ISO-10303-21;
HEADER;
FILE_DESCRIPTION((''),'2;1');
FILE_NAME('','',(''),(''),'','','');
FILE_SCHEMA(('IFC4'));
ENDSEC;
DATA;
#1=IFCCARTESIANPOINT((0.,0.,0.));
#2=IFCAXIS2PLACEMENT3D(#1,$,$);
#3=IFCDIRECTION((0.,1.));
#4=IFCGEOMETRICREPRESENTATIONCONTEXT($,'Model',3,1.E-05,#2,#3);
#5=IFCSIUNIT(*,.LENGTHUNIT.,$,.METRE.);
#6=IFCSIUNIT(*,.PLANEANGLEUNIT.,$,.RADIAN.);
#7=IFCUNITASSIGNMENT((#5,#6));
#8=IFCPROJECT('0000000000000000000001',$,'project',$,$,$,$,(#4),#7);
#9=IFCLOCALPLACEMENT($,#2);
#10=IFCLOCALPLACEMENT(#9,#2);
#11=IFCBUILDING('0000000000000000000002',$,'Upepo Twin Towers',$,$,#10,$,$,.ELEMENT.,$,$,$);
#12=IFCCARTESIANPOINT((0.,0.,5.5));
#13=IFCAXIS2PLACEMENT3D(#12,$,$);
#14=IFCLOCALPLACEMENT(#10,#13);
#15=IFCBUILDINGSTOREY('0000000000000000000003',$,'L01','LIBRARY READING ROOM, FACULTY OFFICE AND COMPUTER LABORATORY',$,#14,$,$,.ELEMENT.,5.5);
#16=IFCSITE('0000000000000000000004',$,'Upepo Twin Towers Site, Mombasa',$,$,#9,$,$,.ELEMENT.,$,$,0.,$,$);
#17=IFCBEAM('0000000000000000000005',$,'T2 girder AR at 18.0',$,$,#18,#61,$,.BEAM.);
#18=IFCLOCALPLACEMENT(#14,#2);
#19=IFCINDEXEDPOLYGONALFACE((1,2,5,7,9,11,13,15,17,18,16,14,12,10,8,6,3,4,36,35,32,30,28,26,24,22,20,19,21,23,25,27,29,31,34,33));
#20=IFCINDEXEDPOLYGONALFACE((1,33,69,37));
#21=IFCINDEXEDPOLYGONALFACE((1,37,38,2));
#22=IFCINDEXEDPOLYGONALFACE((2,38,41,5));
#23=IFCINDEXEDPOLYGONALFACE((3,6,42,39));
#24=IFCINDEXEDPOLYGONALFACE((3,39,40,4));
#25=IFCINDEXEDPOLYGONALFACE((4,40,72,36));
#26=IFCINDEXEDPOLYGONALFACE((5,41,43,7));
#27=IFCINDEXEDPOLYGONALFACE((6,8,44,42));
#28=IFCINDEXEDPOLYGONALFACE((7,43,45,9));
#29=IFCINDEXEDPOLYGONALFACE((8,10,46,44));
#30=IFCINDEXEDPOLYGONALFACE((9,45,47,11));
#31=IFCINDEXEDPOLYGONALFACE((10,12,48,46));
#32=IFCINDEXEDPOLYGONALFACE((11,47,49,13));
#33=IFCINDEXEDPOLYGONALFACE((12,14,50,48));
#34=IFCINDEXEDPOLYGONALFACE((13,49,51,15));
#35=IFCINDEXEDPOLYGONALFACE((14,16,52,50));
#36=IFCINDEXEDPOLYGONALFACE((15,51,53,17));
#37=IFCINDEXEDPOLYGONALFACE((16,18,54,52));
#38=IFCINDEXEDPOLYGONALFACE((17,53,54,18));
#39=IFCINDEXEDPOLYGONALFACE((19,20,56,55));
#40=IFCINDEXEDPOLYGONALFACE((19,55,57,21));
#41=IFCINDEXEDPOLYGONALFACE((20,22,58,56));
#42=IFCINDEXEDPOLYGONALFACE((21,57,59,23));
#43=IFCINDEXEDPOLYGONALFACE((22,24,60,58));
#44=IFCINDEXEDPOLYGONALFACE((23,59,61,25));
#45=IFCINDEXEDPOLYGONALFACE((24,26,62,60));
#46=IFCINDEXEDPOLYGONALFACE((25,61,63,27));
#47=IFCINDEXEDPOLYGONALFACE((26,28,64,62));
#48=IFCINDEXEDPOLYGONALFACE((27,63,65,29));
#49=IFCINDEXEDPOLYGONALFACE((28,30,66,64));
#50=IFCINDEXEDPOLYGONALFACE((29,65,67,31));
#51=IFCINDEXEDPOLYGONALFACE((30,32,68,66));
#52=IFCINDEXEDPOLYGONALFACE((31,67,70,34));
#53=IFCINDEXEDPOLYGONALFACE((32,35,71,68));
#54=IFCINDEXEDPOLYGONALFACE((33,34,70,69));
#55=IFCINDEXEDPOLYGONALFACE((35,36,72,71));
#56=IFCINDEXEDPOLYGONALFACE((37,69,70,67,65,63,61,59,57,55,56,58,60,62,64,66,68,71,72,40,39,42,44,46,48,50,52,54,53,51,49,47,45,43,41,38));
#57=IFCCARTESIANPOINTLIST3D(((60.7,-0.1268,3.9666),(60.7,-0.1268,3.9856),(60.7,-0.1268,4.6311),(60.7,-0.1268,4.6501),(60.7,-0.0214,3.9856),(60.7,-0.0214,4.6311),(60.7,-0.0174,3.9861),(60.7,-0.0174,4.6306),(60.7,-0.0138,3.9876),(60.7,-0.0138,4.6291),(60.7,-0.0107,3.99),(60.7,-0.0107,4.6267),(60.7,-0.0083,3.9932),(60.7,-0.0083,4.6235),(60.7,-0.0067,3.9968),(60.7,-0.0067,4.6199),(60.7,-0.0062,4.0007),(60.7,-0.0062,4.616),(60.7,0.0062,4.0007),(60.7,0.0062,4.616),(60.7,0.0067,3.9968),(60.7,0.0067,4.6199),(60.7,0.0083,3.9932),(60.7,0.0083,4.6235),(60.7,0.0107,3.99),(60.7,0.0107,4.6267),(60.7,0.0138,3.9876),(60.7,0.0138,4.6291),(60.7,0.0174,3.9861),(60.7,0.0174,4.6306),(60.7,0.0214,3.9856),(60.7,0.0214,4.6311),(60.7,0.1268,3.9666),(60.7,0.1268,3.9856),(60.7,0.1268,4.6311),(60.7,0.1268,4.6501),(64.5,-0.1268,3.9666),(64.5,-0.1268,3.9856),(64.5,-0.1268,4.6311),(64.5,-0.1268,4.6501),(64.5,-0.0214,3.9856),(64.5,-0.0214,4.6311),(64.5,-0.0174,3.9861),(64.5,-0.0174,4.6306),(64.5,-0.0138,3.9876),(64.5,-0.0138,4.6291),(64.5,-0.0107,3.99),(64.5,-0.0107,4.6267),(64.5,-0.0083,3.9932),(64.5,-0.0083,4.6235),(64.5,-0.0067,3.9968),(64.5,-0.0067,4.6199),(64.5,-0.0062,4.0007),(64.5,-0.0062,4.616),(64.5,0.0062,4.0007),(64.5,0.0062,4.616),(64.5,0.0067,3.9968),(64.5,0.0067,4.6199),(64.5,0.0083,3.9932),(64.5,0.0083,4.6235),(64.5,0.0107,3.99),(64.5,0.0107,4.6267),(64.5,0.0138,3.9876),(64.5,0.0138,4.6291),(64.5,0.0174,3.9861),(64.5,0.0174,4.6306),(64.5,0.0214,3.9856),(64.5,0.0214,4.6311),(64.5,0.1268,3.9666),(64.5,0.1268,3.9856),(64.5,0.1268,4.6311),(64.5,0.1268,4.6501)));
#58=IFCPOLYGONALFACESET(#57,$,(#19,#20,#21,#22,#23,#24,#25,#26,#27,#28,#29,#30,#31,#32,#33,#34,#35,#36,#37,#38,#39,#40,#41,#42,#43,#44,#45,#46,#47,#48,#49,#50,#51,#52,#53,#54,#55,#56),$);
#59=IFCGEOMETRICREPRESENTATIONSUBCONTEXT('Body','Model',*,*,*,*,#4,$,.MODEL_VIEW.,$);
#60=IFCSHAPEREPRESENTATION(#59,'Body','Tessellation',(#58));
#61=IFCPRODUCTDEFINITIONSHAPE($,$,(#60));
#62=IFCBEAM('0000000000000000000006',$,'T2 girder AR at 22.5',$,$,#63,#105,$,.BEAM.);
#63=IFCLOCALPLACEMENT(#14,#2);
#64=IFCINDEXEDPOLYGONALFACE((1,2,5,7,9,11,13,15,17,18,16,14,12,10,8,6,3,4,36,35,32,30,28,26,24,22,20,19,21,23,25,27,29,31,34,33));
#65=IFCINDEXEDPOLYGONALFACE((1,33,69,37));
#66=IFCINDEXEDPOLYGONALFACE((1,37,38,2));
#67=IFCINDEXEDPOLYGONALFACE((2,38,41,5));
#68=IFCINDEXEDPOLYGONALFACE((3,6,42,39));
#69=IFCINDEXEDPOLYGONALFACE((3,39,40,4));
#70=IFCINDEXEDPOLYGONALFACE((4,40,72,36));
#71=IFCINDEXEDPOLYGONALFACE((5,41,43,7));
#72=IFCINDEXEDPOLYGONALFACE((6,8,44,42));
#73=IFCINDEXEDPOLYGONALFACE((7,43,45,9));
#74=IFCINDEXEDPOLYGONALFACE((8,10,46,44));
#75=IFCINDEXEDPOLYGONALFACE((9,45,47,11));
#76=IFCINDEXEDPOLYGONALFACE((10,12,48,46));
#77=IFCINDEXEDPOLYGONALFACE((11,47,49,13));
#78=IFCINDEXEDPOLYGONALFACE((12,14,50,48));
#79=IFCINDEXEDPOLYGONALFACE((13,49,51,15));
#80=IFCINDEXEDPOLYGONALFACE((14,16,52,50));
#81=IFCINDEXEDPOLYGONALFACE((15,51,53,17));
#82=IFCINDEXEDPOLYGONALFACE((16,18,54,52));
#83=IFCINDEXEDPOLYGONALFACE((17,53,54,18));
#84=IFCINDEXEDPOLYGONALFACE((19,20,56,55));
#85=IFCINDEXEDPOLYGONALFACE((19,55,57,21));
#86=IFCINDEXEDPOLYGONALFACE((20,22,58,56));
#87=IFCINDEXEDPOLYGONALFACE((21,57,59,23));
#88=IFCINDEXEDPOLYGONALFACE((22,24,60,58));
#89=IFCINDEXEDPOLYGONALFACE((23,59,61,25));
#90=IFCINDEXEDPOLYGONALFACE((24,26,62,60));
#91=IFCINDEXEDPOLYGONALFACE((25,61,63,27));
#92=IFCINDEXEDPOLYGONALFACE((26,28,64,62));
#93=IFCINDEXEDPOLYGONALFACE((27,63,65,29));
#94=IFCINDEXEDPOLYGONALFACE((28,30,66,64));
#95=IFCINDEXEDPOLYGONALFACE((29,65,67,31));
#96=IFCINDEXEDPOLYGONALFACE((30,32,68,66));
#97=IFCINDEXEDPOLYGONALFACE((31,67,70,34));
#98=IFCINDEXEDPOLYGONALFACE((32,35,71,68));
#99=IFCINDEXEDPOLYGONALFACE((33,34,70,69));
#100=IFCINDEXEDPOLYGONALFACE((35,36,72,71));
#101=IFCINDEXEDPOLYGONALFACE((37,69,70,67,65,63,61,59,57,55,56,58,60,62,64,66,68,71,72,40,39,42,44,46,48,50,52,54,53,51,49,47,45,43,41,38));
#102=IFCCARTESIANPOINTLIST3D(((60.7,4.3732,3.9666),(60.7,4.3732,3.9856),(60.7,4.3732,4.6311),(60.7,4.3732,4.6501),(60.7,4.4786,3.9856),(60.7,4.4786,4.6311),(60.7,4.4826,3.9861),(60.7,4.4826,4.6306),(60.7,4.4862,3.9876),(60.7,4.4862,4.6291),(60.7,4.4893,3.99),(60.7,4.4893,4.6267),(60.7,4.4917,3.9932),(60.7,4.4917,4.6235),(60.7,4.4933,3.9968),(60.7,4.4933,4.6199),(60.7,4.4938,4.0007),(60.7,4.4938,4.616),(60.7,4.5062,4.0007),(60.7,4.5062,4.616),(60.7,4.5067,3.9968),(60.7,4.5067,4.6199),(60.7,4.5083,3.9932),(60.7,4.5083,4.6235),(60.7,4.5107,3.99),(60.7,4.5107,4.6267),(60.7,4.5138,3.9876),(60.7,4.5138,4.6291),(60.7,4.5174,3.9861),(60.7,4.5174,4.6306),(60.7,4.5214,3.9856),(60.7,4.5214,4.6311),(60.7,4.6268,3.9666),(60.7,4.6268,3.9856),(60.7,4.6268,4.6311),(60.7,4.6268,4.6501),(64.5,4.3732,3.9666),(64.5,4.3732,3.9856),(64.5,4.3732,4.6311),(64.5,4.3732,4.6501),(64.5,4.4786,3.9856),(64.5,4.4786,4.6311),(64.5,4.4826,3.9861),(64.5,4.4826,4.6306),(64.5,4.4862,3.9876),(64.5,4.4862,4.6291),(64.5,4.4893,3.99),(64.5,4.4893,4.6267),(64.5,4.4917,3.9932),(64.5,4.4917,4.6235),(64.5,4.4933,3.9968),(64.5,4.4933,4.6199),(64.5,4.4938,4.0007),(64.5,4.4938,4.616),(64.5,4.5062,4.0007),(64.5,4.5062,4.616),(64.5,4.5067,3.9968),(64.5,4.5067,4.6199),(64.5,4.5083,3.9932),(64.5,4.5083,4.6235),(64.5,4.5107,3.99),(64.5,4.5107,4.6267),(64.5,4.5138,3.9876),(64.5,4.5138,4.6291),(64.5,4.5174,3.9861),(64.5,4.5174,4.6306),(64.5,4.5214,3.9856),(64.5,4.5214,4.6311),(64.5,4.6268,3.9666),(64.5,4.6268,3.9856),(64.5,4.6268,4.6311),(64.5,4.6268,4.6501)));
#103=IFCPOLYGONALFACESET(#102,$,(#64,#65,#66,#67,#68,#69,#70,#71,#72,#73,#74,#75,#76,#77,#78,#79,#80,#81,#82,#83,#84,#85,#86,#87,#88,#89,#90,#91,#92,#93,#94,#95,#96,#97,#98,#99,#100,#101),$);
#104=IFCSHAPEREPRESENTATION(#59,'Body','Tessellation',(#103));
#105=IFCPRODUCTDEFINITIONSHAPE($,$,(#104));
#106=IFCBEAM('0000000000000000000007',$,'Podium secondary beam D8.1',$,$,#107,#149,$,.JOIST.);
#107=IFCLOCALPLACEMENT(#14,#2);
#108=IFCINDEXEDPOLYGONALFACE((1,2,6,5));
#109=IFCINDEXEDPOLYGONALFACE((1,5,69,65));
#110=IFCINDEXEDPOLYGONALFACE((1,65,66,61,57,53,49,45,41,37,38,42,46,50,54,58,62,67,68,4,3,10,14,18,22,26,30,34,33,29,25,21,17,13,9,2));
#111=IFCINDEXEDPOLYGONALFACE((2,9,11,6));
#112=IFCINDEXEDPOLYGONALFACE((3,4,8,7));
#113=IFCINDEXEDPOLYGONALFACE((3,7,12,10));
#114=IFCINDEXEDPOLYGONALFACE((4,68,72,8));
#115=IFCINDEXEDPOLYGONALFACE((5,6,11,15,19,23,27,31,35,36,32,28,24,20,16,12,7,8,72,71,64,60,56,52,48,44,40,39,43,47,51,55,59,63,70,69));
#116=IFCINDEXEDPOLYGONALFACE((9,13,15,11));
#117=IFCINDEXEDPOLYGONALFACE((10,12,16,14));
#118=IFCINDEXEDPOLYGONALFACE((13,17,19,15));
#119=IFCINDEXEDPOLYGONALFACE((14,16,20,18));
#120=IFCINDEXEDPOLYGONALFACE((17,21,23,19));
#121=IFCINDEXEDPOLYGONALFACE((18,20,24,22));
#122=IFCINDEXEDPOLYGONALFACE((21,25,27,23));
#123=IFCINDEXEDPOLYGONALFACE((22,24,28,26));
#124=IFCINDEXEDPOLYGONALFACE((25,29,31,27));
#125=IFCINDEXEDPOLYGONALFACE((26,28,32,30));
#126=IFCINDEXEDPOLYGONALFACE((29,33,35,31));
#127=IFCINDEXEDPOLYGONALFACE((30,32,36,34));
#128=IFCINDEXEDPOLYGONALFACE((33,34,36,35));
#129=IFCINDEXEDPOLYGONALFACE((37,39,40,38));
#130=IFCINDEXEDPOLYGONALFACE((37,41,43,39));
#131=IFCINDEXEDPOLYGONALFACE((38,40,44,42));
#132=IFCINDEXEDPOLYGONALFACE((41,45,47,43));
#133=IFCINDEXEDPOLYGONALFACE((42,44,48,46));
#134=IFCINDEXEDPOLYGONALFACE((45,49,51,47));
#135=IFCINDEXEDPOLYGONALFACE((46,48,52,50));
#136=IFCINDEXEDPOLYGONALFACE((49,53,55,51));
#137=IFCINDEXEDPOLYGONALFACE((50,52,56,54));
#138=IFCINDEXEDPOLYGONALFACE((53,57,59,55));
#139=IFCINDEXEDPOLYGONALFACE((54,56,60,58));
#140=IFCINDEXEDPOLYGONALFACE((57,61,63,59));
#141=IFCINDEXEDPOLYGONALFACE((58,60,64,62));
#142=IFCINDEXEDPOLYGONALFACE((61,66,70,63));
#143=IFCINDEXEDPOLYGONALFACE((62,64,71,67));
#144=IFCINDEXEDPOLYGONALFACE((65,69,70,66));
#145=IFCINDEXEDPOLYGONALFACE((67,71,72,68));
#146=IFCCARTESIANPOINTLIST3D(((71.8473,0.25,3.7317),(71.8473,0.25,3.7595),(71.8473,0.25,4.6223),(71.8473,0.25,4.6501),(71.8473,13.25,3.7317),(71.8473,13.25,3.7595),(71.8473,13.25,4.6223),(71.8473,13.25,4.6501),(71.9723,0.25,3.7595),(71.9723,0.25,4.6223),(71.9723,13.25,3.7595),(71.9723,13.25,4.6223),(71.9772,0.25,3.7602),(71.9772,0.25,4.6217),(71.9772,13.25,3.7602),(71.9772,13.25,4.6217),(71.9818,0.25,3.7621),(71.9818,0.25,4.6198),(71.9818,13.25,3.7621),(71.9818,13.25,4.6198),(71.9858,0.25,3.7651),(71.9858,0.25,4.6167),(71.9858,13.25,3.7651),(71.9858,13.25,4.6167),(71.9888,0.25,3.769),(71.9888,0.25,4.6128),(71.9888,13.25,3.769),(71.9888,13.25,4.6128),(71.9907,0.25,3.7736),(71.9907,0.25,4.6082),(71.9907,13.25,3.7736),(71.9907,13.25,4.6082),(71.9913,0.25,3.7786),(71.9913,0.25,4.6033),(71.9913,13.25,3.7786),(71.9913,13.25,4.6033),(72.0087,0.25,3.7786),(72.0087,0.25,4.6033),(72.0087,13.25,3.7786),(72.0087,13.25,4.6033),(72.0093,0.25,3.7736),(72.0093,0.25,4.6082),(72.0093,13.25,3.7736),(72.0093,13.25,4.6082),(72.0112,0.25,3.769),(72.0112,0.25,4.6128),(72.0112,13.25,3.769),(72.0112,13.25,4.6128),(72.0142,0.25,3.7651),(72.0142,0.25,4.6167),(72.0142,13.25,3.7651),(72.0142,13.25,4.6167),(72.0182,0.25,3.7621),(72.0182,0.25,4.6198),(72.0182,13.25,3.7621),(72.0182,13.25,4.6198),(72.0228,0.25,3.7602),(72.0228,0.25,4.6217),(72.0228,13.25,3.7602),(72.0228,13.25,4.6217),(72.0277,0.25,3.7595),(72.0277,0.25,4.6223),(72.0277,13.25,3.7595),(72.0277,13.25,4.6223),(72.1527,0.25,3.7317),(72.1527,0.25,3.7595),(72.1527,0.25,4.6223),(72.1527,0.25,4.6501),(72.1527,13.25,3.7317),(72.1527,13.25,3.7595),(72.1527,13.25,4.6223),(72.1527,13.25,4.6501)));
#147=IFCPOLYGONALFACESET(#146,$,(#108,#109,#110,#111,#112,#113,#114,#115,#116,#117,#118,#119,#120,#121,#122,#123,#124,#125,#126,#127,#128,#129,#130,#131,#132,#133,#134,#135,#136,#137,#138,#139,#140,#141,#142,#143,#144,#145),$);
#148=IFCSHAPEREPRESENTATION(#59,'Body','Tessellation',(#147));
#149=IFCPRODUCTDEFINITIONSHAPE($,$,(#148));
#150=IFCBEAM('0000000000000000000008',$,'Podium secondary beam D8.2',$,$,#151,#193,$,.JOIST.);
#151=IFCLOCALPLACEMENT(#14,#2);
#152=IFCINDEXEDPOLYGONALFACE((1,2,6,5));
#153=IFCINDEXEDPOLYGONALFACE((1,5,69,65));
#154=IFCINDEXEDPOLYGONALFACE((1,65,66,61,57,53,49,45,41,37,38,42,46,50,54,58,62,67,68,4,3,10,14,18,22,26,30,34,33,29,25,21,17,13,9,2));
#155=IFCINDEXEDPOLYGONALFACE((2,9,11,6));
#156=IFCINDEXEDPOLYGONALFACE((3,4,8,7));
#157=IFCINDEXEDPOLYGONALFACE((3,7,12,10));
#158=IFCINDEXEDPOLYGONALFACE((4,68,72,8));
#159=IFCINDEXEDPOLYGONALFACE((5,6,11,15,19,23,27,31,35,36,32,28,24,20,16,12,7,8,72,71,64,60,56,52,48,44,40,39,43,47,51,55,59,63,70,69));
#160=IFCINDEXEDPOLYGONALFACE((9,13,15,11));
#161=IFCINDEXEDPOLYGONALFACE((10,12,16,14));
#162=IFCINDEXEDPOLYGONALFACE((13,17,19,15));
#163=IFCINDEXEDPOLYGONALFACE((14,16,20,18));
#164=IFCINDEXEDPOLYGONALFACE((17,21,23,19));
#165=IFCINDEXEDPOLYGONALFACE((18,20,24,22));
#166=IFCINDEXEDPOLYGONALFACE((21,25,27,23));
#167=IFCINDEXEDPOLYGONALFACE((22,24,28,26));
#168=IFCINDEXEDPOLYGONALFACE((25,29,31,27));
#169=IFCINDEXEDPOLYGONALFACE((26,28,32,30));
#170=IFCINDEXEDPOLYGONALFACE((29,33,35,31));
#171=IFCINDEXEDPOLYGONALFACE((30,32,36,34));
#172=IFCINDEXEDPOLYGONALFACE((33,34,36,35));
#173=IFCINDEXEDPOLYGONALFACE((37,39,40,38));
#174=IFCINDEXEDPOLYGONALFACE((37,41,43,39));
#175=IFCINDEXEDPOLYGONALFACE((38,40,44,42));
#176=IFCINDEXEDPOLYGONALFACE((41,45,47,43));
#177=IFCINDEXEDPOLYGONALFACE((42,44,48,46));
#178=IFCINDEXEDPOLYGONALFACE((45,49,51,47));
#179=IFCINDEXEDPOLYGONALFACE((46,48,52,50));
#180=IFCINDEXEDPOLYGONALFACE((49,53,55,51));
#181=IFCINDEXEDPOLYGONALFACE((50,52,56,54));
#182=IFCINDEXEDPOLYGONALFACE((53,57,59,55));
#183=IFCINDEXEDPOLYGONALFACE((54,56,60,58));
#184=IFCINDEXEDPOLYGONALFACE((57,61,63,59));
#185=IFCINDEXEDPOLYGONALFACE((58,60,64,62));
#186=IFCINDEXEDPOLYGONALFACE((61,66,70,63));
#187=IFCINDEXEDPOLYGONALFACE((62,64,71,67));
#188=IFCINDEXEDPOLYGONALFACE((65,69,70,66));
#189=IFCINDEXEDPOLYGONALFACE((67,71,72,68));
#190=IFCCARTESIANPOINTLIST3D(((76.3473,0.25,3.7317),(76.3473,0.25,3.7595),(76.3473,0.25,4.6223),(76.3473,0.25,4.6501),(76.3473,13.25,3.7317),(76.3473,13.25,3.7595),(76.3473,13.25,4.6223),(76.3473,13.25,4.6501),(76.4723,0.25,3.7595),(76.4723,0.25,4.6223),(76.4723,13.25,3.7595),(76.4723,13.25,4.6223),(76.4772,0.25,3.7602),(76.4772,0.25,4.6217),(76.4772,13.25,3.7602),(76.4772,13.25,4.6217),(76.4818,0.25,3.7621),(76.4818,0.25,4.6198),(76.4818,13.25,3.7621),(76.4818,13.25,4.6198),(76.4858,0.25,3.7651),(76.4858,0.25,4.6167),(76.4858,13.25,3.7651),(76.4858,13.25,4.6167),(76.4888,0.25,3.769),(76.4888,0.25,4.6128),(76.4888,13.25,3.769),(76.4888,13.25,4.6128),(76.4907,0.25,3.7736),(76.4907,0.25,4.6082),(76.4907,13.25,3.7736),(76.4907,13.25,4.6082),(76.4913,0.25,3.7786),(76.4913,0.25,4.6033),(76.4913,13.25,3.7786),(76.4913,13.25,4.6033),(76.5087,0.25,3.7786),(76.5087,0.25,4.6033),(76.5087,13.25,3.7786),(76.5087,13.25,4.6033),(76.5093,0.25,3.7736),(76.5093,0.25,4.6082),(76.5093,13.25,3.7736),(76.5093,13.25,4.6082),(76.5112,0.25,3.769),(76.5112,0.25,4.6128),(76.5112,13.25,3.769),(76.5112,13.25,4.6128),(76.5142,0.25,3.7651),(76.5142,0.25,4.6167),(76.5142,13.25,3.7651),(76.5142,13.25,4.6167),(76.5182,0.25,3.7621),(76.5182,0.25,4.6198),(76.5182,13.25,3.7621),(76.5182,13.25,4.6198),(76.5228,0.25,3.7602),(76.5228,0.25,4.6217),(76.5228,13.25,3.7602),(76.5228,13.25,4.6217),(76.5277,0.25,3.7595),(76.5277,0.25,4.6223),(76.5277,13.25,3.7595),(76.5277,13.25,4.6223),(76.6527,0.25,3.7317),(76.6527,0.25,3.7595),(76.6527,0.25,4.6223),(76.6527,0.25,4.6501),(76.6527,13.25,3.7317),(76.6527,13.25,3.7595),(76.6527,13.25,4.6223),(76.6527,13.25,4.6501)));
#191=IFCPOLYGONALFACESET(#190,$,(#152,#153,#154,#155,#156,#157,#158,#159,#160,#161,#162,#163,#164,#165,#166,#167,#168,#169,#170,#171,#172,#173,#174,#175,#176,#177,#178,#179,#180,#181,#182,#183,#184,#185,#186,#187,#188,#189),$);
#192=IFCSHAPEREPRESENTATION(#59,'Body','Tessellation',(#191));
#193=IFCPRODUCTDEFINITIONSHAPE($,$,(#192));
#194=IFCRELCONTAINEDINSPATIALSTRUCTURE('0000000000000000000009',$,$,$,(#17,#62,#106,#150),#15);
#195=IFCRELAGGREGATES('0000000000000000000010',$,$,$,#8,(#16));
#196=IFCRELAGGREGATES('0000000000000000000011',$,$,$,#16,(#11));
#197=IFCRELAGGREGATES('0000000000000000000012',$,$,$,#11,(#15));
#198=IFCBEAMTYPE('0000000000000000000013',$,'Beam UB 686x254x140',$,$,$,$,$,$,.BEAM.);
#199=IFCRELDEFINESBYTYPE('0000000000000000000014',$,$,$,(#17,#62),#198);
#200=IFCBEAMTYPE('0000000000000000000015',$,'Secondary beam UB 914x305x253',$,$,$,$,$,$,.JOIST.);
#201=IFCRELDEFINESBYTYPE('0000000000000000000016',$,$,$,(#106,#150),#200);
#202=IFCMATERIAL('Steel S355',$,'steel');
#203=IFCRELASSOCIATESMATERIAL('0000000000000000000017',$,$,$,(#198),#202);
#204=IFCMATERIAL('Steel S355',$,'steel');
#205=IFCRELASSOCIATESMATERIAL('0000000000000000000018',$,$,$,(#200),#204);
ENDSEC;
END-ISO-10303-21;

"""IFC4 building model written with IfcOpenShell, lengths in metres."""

from ifc_helpers import new_model, si_unit, direction, frame, origin, origin_2d, place, context, subcontext, project, spatial, i_section, extrude, material, material_profile, profile_set, type_object, element, save


model = new_model("IFC4")

# Units and contexts
model_context = context("Model", 3, precision=1e-05, world=origin(), true_north=direction((0.0, 1.0)))
body_context = subcontext(model_context, "Body", "Model", "MODEL_VIEW")
ifc_project = project(units=[si_unit("LENGTHUNIT", "METRE"), si_unit("PLANEANGLEUNIT", "RADIAN")], contexts=[model_context])

# Site, building, storey
site_placement = place(None, origin())
site = spatial("IfcSite", under=ifc_project, at=site_placement, Name="Upepo Twin Towers Site, Mombasa", CompositionType="ELEMENT", RefElevation=0.0)
building_placement = place(site_placement, origin())
building = spatial("IfcBuilding", under=site, at=building_placement, Name="Upepo Twin Towers", CompositionType="ELEMENT")
storey_placement = place(building_placement, frame((0.0, 0.0, 5.5)))
storey = spatial("IfcBuildingStorey", under=building, at=storey_placement, Name="L01", Description="LIBRARY READING ROOM, FACULTY OFFICE AND COMPUTER LABORATORY", CompositionType="ELEMENT", Elevation=5.5)

# Beams
ifc_material_1 = material(Name="Steel S355", Category="steel")
ifc_material_profile_1 = material_profile(ifc_material_1, i_section(OverallWidth=0.2537, OverallDepth=0.6836, WebThickness=0.0125, FlangeThickness=0.019, FilletRadius=0.0151, at=origin_2d()), Name="UB 686x254x140")
ifc_profile_set_1 = profile_set([ifc_material_profile_1], Name="Steel S355")
beam_type_1 = type_object("IfcBeamType", Name="Beam UB 686x254x140", PredefinedType="BEAM", material=ifc_profile_set_1)
for number, where, z_axis, x_axis, name in (
    (1, (64.5, 0.0, 4.3083), (-1.0, 0.0, 0.0), (0.0, -1.0, 0.0), "T2 girder AR at 18.0"),
    (2, (64.5, 4.5, 4.3083), (-1.0, 0.0, 0.0), (0.0, -1.0, 0.0), "T2 girder AR at 22.5"),
):
    element("IfcBeam", number, at=place(storey_placement, frame(where, z_axis=z_axis, x_axis=x_axis)), inside=storey, type_object=beam_type_1, Name=name, PredefinedType="BEAM", context=body_context, shape_type="SweptSolid", body=[
        extrude(i_section(OverallWidth=0.2537, OverallDepth=0.6836, WebThickness=0.0125, FlangeThickness=0.019, FilletRadius=0.0151, at=origin_2d()), origin(), (0.0, 0.0, 1.0), 3.8),
    ])
ifc_material_2 = material(Name="Steel S355", Category="steel")
ifc_material_profile_2 = material_profile(ifc_material_2, i_section(OverallWidth=0.3054, OverallDepth=0.9185, WebThickness=0.0173, FlangeThickness=0.0278, FilletRadius=0.019, at=origin_2d()), Name="UB 914x305x253")
ifc_profile_set_2 = profile_set([ifc_material_profile_2], Name="Steel S355")
beam_type_2 = type_object("IfcBeamType", Name="Secondary beam UB 914x305x253", PredefinedType="JOIST", material=ifc_profile_set_2)
for number, where, z_axis, x_axis, name in (
    (3, (72.0, 0.25, 4.1909), (0.0, 1.0, 0.0), (-1.0, 0.0, 0.0), "Podium secondary beam D8.1"),
    (4, (76.5, 0.25, 4.1909), (0.0, 1.0, 0.0), (-1.0, 0.0, 0.0), "Podium secondary beam D8.2"),
):
    element("IfcBeam", number, at=place(storey_placement, frame(where, z_axis=z_axis, x_axis=x_axis)), inside=storey, type_object=beam_type_2, Name=name, PredefinedType="JOIST", context=body_context, shape_type="SweptSolid", body=[
        extrude(i_section(OverallWidth=0.3054, OverallDepth=0.9185, WebThickness=0.0173, FlangeThickness=0.0278, FilletRadius=0.019, at=origin_2d()), origin(), (0.0, 0.0, 1.0), 13.0),
    ])

save(model, "model.ifc")
